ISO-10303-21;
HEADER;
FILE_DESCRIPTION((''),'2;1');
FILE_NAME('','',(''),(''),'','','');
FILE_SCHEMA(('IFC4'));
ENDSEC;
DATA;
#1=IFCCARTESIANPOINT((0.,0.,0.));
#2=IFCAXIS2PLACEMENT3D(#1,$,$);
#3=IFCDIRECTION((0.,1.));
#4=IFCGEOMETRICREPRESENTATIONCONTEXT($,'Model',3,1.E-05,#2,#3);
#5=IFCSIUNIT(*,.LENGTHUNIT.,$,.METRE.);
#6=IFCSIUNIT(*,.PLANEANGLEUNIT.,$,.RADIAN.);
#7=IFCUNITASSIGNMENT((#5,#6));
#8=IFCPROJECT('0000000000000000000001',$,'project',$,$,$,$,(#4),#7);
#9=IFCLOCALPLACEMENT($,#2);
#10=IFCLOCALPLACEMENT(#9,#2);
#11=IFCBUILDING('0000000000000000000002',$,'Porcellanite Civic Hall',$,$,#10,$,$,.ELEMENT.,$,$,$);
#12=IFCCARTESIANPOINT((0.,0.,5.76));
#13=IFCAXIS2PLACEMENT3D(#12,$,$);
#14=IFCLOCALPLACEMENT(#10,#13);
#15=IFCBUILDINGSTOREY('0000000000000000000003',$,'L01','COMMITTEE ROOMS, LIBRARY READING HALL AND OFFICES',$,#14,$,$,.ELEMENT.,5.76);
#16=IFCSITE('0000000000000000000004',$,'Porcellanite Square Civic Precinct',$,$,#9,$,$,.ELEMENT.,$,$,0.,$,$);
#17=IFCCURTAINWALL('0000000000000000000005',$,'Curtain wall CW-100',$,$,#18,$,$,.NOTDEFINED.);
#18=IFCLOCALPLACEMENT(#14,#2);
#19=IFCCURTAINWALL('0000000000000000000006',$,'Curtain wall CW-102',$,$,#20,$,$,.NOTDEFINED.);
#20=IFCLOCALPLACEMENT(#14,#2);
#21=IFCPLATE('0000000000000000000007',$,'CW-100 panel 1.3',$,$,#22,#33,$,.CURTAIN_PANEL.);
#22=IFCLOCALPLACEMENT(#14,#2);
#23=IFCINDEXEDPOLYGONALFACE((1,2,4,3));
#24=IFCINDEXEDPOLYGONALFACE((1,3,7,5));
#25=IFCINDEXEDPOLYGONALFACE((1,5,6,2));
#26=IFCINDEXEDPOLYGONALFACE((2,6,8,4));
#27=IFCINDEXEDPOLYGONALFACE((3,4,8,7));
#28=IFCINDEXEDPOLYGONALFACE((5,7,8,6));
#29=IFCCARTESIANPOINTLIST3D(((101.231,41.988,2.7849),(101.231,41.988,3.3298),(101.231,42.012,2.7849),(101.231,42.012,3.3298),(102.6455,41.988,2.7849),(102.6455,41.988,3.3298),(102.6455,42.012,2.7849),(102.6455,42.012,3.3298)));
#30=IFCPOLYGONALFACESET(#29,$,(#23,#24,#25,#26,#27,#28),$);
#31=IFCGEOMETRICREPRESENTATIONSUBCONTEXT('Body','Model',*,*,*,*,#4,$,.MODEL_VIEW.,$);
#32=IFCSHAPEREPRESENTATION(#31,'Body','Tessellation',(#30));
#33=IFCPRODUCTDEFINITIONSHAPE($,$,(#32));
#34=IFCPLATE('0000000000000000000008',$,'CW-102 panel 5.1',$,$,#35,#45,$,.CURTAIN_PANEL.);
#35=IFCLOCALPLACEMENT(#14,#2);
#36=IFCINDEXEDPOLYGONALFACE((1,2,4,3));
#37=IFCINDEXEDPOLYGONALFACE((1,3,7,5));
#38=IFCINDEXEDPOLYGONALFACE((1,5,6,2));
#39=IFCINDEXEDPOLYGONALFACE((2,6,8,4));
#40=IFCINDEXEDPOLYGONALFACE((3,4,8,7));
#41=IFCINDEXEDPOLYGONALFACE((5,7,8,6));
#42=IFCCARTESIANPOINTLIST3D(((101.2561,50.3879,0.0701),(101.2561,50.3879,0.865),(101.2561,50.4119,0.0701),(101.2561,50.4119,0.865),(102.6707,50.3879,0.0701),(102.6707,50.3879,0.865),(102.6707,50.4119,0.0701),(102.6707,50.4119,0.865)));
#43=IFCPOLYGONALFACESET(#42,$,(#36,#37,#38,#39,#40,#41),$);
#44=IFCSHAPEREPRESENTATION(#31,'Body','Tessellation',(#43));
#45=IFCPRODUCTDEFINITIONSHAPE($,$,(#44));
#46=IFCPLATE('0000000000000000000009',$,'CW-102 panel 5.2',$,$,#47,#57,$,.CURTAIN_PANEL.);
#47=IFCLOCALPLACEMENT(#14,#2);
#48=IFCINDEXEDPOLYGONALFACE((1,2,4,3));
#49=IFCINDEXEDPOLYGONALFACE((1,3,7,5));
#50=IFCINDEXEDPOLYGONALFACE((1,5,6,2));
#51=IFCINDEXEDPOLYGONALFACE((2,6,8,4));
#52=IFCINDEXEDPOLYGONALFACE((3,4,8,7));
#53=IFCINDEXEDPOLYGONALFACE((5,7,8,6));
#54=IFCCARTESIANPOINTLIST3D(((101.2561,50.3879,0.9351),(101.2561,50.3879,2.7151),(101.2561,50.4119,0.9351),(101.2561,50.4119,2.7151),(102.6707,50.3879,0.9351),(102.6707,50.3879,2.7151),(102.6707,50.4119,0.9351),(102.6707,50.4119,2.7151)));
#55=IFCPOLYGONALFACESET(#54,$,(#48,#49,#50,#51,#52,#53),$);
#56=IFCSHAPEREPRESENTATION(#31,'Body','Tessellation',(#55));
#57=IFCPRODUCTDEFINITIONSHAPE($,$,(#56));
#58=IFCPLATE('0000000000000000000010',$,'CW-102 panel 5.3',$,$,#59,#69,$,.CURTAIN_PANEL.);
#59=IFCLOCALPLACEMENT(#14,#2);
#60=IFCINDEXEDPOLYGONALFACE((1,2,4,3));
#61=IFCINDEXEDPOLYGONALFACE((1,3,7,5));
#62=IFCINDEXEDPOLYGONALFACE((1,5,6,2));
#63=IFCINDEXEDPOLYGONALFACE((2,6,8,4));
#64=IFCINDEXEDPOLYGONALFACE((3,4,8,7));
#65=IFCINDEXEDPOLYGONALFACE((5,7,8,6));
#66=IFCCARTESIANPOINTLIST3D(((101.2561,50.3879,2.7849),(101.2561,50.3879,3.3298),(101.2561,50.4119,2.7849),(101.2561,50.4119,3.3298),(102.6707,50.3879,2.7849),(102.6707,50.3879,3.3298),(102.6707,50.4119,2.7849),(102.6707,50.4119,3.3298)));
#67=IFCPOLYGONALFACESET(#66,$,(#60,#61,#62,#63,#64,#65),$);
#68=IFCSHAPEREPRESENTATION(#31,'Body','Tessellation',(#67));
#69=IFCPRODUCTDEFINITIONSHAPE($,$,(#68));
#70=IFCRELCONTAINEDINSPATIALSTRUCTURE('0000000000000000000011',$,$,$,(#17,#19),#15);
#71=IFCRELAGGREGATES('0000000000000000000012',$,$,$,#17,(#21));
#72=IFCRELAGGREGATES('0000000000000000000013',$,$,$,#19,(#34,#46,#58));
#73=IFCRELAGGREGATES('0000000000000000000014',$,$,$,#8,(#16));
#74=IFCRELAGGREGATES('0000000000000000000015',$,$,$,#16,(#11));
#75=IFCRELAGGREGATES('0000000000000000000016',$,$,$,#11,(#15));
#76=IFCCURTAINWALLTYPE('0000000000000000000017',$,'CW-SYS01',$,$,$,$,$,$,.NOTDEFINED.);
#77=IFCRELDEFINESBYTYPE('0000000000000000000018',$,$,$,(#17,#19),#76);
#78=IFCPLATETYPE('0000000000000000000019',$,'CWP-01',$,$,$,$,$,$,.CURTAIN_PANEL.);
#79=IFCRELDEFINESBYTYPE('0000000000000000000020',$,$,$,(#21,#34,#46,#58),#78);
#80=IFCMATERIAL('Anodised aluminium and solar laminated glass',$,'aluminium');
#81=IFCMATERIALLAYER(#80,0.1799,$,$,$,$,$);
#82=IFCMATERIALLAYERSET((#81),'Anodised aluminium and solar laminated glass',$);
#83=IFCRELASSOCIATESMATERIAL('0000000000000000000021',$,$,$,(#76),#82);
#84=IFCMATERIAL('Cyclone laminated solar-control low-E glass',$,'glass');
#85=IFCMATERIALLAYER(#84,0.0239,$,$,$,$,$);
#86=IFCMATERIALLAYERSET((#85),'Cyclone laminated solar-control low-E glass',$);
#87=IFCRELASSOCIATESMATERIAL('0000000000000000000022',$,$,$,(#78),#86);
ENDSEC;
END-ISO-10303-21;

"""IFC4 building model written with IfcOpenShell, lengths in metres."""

from ifc_helpers import new_model, si_unit, direction, frame, origin, origin_2d, place, context, subcontext, project, spatial, rectangle, extrude, material, layer, layer_set, type_object, element, aggregate, save


model = new_model("IFC4")

# Units and contexts
model_context = context("Model", 3, precision=1e-05, world=origin(), true_north=direction((0.0, 1.0)))
body_context = subcontext(model_context, "Body", "Model", "MODEL_VIEW")
ifc_project = project(units=[si_unit("LENGTHUNIT", "METRE"), si_unit("PLANEANGLEUNIT", "RADIAN")], contexts=[model_context])

# Site, building, storey
site_placement = place(None, origin())
site = spatial("IfcSite", under=ifc_project, at=site_placement, Name="Porcellanite Square Civic Precinct", CompositionType="ELEMENT", RefElevation=0.0)
building_placement = place(site_placement, origin())
building = spatial("IfcBuilding", under=site, at=building_placement, Name="Porcellanite Civic Hall", CompositionType="ELEMENT")
storey_placement = place(building_placement, frame((0.0, 0.0, 5.76)))
storey = spatial("IfcBuildingStorey", under=building, at=storey_placement, Name="L01", Description="COMMITTEE ROOMS, LIBRARY READING HALL AND OFFICES", CompositionType="ELEMENT", Elevation=5.76)

# Curtain walls
ifc_material_1 = material(Name="Anodised aluminium and solar laminated glass", Category="aluminium")
ifc_layer_1 = layer(ifc_material_1, 0.1799)
ifc_layer_set_1 = layer_set([ifc_layer_1], Name="Anodised aluminium and solar laminated glass")
curtain_wall_type = type_object("IfcCurtainWallType", Name="CW-SYS01", PredefinedType="NOTDEFINED", material=ifc_layer_set_1)
curtain_wall_1_placement = place(storey_placement, origin())
curtain_wall_1 = element("IfcCurtainWall", 1, at=curtain_wall_1_placement, inside=storey, type_object=curtain_wall_type, Name="Curtain wall CW-100", PredefinedType="NOTDEFINED")
curtain_wall_2_placement = place(storey_placement, origin())
curtain_wall_2 = element("IfcCurtainWall", 2, at=curtain_wall_2_placement, inside=storey, type_object=curtain_wall_type, Name="Curtain wall CW-102", PredefinedType="NOTDEFINED")

# Plates
ifc_material_2 = material(Name="Cyclone laminated solar-control low-E glass", Category="glass")
ifc_layer_2 = layer(ifc_material_2, 0.0239)
ifc_layer_set_2 = layer_set([ifc_layer_2], Name="Cyclone laminated solar-control low-E glass")
plate_type = type_object("IfcPlateType", Name="CWP-01", PredefinedType="CURTAIN_PANEL", material=ifc_layer_set_2)
plate_1_placement = place(storey_placement, frame((101.9382, 42.0, 2.7849), z_axis=(0.0, 0.0, 1.0), x_axis=(1.0, 0.0, 0.0)))
plate_1 = element("IfcPlate", 3, at=plate_1_placement, type_object=plate_type, Name="CW-100 panel 1.3", PredefinedType="CURTAIN_PANEL", context=body_context, shape_type="SweptSolid", body=[
    extrude(rectangle(XDim=1.4146, YDim=0.0239, at=origin_2d()), origin(), (0.0, 0.0, 1.0), 0.5449),
])
aggregate(curtain_wall_1, [plate_1])
plate_2_placement = place(storey_placement, frame((101.9634, 50.3999, 0.0701), z_axis=(0.0, 0.0, 1.0), x_axis=(-1.0, 0.0, 0.0)))
plate_2 = element("IfcPlate", 4, at=plate_2_placement, type_object=plate_type, Name="CW-102 panel 5.1", PredefinedType="CURTAIN_PANEL", context=body_context, shape_type="SweptSolid", body=[
    extrude(rectangle(XDim=1.4146, YDim=0.0239, at=origin_2d()), origin(), (0.0, 0.0, 1.0), 0.7949),
])
plate_3_placement = place(storey_placement, frame((101.9634, 50.3999, 0.9351), z_axis=(0.0, 0.0, 1.0), x_axis=(-1.0, 0.0, 0.0)))
plate_3 = element("IfcPlate", 5, at=plate_3_placement, type_object=plate_type, Name="CW-102 panel 5.2", PredefinedType="CURTAIN_PANEL", context=body_context, shape_type="SweptSolid", body=[
    extrude(rectangle(XDim=1.4146, YDim=0.0239, at=origin_2d()), origin(), (0.0, 0.0, 1.0), 1.78),
])
plate_4_placement = place(storey_placement, frame((101.9634, 50.3999, 2.7849), z_axis=(0.0, 0.0, 1.0), x_axis=(-1.0, 0.0, 0.0)))
plate_4 = element("IfcPlate", 6, at=plate_4_placement, type_object=plate_type, Name="CW-102 panel 5.3", PredefinedType="CURTAIN_PANEL", context=body_context, shape_type="SweptSolid", body=[
    extrude(rectangle(XDim=1.4146, YDim=0.0239, at=origin_2d()), origin(), (0.0, 0.0, 1.0), 0.5449),
])
aggregate(curtain_wall_2, [plate_2, plate_3, plate_4])

save(model, "model.ifc")
